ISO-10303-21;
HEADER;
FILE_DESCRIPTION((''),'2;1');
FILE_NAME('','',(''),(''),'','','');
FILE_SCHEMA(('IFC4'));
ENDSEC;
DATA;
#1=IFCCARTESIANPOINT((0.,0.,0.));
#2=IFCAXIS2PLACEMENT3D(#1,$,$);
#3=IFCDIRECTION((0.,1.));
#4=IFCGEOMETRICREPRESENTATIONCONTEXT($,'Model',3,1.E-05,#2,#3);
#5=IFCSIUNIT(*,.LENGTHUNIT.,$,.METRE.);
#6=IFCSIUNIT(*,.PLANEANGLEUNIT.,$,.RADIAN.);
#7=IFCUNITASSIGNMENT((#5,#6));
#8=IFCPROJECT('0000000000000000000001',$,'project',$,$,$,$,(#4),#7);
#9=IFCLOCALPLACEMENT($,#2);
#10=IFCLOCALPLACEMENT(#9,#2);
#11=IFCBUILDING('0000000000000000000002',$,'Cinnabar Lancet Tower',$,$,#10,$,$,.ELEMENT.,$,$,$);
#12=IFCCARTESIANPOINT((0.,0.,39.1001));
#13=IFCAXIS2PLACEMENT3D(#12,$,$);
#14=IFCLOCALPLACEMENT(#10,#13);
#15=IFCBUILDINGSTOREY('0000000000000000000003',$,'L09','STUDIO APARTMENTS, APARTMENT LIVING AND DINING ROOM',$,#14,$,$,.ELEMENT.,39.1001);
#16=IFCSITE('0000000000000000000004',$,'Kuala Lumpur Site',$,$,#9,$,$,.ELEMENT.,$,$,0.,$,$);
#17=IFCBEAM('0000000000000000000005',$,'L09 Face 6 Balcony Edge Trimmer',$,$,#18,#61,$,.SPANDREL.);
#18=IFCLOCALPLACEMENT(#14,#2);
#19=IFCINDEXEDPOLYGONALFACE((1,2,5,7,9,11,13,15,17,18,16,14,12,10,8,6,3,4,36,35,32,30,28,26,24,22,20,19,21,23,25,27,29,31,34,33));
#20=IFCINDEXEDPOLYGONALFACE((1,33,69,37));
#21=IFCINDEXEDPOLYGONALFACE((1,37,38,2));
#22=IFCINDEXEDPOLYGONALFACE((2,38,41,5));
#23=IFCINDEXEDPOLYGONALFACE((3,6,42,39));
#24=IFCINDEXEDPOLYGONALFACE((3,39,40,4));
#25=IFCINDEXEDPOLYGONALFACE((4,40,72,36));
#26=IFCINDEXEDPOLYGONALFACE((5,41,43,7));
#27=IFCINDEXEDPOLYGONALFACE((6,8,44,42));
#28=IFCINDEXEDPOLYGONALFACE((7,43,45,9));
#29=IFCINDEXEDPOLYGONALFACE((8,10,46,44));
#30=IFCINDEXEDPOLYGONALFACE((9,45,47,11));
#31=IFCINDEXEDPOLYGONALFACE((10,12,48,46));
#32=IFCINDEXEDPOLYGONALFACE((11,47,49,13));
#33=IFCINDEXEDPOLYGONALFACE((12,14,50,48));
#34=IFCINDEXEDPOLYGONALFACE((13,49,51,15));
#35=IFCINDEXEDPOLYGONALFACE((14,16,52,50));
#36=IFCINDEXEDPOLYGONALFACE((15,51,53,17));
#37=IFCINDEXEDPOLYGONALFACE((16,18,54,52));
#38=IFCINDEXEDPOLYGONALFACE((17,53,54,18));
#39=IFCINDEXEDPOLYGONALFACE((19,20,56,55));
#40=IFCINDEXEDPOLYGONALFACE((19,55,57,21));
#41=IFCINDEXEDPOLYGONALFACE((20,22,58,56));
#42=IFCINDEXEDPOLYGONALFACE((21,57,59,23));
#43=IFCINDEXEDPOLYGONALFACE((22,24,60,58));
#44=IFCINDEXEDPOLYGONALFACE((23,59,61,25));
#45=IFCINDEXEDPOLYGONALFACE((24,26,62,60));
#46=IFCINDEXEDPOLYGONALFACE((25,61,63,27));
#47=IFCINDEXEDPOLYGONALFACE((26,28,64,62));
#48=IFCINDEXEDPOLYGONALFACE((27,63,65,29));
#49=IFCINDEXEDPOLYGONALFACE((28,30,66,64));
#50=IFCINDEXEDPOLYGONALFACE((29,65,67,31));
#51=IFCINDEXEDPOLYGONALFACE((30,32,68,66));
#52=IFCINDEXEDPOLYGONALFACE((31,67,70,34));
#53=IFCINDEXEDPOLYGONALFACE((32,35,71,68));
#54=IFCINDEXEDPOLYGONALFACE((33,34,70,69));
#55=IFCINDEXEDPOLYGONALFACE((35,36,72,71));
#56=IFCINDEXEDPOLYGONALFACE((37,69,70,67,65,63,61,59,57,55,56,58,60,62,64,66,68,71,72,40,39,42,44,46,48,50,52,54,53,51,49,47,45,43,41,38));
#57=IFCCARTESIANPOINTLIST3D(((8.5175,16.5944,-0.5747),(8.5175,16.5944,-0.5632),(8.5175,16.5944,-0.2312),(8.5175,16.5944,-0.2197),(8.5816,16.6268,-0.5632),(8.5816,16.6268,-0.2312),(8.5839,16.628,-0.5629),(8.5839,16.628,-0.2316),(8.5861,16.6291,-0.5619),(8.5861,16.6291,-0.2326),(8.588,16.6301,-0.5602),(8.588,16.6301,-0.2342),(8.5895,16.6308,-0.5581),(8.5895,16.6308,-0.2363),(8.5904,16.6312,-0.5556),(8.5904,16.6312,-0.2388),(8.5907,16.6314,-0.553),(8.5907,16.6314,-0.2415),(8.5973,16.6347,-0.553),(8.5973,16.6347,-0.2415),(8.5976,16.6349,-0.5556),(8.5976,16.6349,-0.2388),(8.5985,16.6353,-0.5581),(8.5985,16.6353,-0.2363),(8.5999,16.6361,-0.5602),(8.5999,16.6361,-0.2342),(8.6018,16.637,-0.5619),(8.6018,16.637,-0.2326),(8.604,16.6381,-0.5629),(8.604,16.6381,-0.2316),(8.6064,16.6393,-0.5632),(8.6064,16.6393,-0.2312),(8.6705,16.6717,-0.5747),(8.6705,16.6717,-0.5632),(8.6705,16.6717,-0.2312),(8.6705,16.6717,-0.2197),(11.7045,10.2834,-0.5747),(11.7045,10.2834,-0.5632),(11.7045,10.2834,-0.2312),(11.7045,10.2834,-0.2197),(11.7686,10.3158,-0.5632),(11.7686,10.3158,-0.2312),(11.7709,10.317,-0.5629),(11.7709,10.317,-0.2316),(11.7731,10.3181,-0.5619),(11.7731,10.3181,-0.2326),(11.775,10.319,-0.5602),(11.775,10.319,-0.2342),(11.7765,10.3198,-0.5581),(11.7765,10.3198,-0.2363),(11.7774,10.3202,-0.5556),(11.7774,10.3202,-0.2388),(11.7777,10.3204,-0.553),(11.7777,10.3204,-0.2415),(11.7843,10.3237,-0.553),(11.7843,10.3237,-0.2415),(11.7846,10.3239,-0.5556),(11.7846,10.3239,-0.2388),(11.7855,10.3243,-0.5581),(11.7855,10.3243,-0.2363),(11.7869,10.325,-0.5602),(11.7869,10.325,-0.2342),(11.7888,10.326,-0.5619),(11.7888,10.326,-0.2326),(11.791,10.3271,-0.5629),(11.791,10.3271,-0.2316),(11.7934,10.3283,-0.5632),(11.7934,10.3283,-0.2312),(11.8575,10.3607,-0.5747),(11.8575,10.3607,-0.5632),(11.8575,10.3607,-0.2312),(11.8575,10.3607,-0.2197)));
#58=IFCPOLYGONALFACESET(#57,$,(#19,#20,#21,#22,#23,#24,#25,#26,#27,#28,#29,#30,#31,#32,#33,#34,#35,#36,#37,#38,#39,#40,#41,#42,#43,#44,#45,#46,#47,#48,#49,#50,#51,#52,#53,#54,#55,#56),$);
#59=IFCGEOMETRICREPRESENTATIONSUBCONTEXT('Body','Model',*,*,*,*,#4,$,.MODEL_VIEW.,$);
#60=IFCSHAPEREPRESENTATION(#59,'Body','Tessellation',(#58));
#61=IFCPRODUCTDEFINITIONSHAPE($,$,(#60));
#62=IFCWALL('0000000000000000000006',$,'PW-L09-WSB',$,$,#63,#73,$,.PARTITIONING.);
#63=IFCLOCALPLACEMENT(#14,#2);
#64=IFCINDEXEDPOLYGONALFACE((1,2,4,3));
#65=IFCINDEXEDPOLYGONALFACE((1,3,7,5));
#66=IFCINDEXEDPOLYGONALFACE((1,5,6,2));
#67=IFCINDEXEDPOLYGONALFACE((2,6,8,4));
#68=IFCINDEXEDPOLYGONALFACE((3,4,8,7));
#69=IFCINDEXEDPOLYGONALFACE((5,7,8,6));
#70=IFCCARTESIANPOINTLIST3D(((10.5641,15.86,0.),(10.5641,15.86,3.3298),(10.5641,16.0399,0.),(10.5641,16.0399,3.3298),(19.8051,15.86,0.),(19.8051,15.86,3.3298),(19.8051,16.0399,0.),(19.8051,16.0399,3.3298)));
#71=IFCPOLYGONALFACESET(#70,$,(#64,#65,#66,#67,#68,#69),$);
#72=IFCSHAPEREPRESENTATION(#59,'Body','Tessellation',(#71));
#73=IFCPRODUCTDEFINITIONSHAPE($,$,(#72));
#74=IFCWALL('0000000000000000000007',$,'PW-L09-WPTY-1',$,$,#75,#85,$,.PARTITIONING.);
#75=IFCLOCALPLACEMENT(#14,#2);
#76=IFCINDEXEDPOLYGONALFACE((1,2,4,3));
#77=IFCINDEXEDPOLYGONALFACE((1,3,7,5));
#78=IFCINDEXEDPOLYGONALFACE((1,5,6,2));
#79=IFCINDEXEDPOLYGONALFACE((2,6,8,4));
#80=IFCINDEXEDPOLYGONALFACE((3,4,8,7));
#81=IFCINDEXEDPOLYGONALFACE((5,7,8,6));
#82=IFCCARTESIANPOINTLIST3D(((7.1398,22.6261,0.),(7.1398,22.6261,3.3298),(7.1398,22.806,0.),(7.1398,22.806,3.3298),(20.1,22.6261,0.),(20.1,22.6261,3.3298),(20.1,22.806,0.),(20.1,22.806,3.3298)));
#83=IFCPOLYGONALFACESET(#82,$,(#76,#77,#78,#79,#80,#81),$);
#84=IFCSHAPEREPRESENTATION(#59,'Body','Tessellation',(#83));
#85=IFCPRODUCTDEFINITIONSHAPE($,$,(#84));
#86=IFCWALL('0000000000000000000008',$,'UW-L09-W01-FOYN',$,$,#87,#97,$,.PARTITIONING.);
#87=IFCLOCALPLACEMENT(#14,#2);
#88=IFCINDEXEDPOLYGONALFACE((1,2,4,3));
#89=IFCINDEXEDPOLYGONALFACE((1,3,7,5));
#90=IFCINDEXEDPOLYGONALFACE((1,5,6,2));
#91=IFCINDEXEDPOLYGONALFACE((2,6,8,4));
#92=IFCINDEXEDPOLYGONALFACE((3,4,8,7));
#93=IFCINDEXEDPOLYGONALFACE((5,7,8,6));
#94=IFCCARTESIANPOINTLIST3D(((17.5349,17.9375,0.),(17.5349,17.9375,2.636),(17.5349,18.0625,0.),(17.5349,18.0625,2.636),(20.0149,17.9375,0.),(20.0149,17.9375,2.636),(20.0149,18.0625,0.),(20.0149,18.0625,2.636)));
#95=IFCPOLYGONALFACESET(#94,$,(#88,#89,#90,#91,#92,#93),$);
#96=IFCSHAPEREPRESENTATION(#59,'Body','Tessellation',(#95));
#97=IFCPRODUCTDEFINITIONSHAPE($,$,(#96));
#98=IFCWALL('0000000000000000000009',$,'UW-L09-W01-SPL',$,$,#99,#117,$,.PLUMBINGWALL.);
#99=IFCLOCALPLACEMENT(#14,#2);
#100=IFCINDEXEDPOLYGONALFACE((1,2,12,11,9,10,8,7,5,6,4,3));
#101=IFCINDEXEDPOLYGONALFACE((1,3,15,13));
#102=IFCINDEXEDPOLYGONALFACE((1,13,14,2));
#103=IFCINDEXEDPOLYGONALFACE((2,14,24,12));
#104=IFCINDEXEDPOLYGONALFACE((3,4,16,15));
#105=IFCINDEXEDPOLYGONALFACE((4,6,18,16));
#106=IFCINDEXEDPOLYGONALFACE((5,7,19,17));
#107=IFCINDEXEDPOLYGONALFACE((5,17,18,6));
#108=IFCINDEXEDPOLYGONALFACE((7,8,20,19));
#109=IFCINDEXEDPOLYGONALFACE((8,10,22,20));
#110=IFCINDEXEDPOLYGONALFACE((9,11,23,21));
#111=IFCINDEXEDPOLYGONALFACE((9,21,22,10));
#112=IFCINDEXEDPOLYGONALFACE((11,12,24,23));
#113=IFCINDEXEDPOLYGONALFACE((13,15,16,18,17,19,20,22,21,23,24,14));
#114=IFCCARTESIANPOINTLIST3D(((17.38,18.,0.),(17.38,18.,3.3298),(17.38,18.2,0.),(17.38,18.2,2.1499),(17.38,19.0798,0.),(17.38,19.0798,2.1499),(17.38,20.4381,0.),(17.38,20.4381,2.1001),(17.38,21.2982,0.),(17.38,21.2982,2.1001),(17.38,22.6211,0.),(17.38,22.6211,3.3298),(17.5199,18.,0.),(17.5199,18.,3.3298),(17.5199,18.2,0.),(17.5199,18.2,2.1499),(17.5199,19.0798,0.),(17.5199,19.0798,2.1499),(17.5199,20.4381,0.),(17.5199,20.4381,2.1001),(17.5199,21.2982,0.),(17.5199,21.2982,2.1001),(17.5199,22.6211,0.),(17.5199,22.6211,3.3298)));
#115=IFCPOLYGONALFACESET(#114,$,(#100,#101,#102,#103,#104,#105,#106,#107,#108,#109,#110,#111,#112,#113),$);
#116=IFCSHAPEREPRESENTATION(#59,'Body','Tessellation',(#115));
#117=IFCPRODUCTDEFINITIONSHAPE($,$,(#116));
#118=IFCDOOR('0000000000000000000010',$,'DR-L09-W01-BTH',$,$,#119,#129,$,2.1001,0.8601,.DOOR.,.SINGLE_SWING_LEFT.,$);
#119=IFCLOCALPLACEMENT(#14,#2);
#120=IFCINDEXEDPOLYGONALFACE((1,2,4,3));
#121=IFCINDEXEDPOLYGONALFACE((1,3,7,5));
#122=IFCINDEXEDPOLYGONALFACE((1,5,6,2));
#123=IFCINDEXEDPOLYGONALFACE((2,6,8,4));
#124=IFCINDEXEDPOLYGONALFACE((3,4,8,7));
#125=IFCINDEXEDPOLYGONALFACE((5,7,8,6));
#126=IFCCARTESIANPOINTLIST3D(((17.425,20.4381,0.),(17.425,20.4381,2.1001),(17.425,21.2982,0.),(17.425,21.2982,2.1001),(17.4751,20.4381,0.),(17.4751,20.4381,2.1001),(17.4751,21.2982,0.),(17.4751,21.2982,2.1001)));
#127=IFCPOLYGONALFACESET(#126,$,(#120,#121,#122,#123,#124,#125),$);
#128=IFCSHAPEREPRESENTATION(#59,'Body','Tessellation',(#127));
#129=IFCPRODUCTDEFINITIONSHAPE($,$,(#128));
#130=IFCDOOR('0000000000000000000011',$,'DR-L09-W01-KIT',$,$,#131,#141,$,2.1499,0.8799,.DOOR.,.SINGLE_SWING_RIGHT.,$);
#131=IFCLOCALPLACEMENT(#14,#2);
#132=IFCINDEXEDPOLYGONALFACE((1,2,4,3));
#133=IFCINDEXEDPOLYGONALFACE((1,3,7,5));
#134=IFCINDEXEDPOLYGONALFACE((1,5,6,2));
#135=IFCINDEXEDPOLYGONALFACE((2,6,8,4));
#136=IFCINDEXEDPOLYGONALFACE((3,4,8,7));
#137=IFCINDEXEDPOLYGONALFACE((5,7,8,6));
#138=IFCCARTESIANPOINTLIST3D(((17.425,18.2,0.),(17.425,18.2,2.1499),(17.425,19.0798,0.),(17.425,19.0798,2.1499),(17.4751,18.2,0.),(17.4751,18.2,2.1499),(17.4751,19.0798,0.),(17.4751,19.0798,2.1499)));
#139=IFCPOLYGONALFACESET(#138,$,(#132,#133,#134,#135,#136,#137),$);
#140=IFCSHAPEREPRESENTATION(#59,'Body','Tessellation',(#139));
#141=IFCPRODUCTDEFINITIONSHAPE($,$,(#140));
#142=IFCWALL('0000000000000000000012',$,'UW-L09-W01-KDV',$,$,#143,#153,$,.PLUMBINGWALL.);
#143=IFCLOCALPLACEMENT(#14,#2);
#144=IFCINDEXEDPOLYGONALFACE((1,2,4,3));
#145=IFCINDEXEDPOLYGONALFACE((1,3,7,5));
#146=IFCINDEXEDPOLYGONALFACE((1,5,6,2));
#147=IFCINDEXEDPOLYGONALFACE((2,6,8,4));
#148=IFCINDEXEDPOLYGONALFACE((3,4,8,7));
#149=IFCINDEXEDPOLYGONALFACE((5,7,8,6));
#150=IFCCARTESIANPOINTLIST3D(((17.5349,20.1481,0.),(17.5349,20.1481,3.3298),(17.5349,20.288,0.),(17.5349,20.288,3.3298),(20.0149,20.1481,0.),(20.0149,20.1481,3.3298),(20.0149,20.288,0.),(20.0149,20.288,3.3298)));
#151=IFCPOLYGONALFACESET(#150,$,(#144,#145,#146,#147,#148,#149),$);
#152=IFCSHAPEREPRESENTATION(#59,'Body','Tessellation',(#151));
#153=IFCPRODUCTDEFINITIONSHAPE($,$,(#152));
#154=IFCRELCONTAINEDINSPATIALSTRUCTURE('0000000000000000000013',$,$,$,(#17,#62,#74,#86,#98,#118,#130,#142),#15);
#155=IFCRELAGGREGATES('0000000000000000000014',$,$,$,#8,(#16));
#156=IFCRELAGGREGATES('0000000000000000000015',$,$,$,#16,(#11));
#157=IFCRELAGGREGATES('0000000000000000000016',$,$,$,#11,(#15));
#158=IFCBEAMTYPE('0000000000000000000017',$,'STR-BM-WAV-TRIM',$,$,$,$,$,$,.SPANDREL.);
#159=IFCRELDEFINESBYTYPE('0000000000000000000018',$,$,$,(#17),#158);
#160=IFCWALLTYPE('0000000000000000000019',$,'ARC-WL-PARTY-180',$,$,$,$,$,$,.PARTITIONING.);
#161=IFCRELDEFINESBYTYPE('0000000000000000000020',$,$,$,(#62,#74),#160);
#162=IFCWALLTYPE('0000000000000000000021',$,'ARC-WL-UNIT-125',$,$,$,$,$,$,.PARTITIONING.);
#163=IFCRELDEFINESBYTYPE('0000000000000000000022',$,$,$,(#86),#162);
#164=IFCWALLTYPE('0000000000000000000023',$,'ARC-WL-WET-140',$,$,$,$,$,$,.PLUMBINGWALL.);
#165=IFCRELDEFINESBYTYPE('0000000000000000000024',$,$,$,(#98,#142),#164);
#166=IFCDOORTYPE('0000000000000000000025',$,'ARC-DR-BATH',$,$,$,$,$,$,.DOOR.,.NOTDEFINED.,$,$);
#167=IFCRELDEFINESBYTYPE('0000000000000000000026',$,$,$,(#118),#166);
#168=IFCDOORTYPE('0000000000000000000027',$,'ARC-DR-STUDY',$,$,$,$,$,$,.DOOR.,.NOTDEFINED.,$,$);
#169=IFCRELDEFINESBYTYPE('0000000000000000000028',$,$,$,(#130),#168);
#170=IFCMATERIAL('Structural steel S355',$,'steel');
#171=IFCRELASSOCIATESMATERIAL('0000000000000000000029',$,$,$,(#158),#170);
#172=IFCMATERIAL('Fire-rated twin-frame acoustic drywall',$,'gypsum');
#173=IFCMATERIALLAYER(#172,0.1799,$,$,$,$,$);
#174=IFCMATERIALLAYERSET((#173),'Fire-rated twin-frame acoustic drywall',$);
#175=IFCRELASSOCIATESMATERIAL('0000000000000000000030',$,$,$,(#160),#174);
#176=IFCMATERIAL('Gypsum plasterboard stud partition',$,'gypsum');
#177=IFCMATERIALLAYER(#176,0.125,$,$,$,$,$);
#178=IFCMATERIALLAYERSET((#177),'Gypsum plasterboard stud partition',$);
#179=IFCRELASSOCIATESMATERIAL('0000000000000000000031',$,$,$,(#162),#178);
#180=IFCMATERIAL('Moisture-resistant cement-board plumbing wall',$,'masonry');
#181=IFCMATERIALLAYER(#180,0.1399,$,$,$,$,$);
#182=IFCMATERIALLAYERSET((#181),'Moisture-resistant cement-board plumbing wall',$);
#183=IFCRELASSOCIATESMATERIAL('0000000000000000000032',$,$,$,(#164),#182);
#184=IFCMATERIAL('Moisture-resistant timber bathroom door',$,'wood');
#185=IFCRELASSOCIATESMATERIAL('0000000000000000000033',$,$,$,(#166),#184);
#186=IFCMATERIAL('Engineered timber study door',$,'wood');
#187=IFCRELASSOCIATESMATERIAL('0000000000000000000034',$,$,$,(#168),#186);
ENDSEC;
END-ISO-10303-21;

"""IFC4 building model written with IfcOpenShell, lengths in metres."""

from ifc_helpers import new_model, si_unit, direction, frame, frame_2d, origin, origin_2d, place, context, subcontext, project, spatial, rectangle, i_section, extrude, material, layer, layer_set, material_profile, profile_set, type_object, element, fill, save


model = new_model("IFC4")

# Units and contexts
model_context = context("Model", 3, precision=1e-05, world=origin(), true_north=direction((0.0, 1.0)))
body_context = subcontext(model_context, "Body", "Model", "MODEL_VIEW")
ifc_project = project(units=[si_unit("LENGTHUNIT", "METRE"), si_unit("PLANEANGLEUNIT", "RADIAN")], contexts=[model_context])

# Site, building, storey
site_placement = place(None, origin())
site = spatial("IfcSite", under=ifc_project, at=site_placement, Name="Kuala Lumpur Site", CompositionType="ELEMENT", RefElevation=0.0)
building_placement = place(site_placement, origin())
building = spatial("IfcBuilding", under=site, at=building_placement, Name="Cinnabar Lancet Tower", CompositionType="ELEMENT")
storey_placement = place(building_placement, frame((0.0, 0.0, 39.1001)))
storey = spatial("IfcBuildingStorey", under=building, at=storey_placement, Name="L09", Description="STUDIO APARTMENTS, APARTMENT LIVING AND DINING ROOM", CompositionType="ELEMENT", Elevation=39.1001)

# Beam
ifc_material_1 = material(Name="Structural steel S355", Category="steel")
ifc_material_profile_1 = material_profile(ifc_material_1, i_section(OverallWidth=0.1714, OverallDepth=0.355, WebThickness=0.0073, FlangeThickness=0.0115, FilletRadius=0.0103, at=origin_2d()), Name="UKB 356x171x51")
ifc_profile_set_1 = profile_set([ifc_material_profile_1], Name="Structural steel S355")
beam_type_1 = type_object("IfcBeamType", Name="STR-BM-WAV-TRIM", PredefinedType="SPANDREL", material=ifc_profile_set_1)
beam_1_placement = place(storey_placement, frame((8.594, 16.6331, -0.3972), z_axis=(0.450774, -0.892638, 0.0), x_axis=(0.892638, 0.450774, 0.0)))
element("IfcBeam", 1, at=beam_1_placement, inside=storey, type_object=beam_type_1, Name="L09 Face 6 Balcony Edge Trimmer", PredefinedType="SPANDREL", context=body_context, shape_type="SweptSolid", body=[
    extrude(i_section(OverallWidth=0.1714, OverallDepth=0.355, WebThickness=0.0073, FlangeThickness=0.0115, FilletRadius=0.0103, at=origin_2d()), origin(), (0.0, 0.0, 1.0), 7.0701),
])

# Walls
ifc_material_2 = material(Name="Fire-rated twin-frame acoustic drywall", Category="gypsum")
ifc_layer_1 = layer(ifc_material_2, 0.1799)
ifc_layer_set_1 = layer_set([ifc_layer_1], Name="Fire-rated twin-frame acoustic drywall")
wall_type_1 = type_object("IfcWallType", Name="ARC-WL-PARTY-180", PredefinedType="PARTITIONING", material=ifc_layer_set_1)
wall_1_placement = place(storey_placement, frame((10.564, 15.95, 0.0), z_axis=(0.0, 0.0, 1.0), x_axis=(1.0, 0.0, 0.0)))
element("IfcWall", 2, at=wall_1_placement, inside=storey, type_object=wall_type_1, Name="PW-L09-WSB", PredefinedType="PARTITIONING", context=body_context, shape_type="SweptSolid", body=[
    extrude(rectangle(XDim=9.241, YDim=0.1799, at=frame_2d((4.6206, 0.0))), origin(), (0.0, 0.0, 1.0), 3.3298),
])
wall_2_placement = place(storey_placement, frame((7.1399, 22.7161, 0.0), z_axis=(0.0, 0.0, 1.0), x_axis=(1.0, 0.0, 0.0)))
element("IfcWall", 3, at=wall_2_placement, inside=storey, type_object=wall_type_1, Name="PW-L09-WPTY-1", PredefinedType="PARTITIONING", context=body_context, shape_type="SweptSolid", body=[
    extrude(rectangle(XDim=12.9602, YDim=0.1799, at=frame_2d((6.48, 0.0))), origin(), (0.0, 0.0, 1.0), 3.3298),
])
ifc_material_3 = material(Name="Gypsum plasterboard stud partition", Category="gypsum")
ifc_layer_2 = layer(ifc_material_3, 0.125)
ifc_layer_set_2 = layer_set([ifc_layer_2], Name="Gypsum plasterboard stud partition")
wall_type_2 = type_object("IfcWallType", Name="ARC-WL-UNIT-125", PredefinedType="PARTITIONING", material=ifc_layer_set_2)
wall_3_placement = place(storey_placement, frame((17.5349, 18.0, 0.0), z_axis=(0.0, 0.0, 1.0), x_axis=(1.0, 0.0, 0.0)))
element("IfcWall", 4, at=wall_3_placement, inside=storey, type_object=wall_type_2, Name="UW-L09-W01-FOYN", PredefinedType="PARTITIONING", context=body_context, shape_type="SweptSolid", body=[
    extrude(rectangle(XDim=2.48, YDim=0.125, at=frame_2d((1.24, 0.0))), origin(), (0.0, 0.0, 1.0), 2.636),
])

# Wall, openings, doors
ifc_material_4 = material(Name="Moisture-resistant cement-board plumbing wall", Category="masonry")
ifc_layer_3 = layer(ifc_material_4, 0.1399)
ifc_layer_set_3 = layer_set([ifc_layer_3], Name="Moisture-resistant cement-board plumbing wall")
wall_type_3 = type_object("IfcWallType", Name="ARC-WL-WET-140", PredefinedType="PLUMBINGWALL", material=ifc_layer_set_3)
wall_4_placement = place(storey_placement, frame((17.45, 18.0, 0.0), z_axis=(0.0, 0.0, 1.0), x_axis=(0.0, 1.0, 0.0)))
wall_4 = element("IfcWall", 5, at=wall_4_placement, inside=storey, type_object=wall_type_3, Name="UW-L09-W01-SPL", PredefinedType="PLUMBINGWALL", context=body_context, shape_type="SweptSolid", body=[
    extrude(rectangle(XDim=4.6211, YDim=0.1399, at=frame_2d((2.3105, 0.0))), origin(), (0.0, 0.0, 1.0), 3.3298),
])
opening_1_placement = place(wall_4_placement, frame((2.438, 0.0, 0.0)))
opening_1 = element("IfcOpeningElement", 6, at=opening_1_placement, cuts=wall_4, PredefinedType="OPENING", context=body_context, shape_type="SweptSolid", body=[
    extrude(rectangle(XDim=0.8601, YDim=2.1001, at=frame_2d((0.4302, 1.05))), frame((0.0, 0.0798, 0.0), z_axis=(0.0, -1.0, 0.0), x_axis=(1.0, 0.0, 0.0)), (0.0, 0.0, 1.0), 0.1599),
])
opening_2_placement = place(wall_4_placement, frame((0.2, 0.0, 0.0)))
opening_2 = element("IfcOpeningElement", 7, at=opening_2_placement, cuts=wall_4, PredefinedType="OPENING", context=body_context, shape_type="SweptSolid", body=[
    extrude(rectangle(XDim=0.8799, YDim=2.1499, at=frame_2d((0.4399, 1.075))), frame((0.0, 0.0798, 0.0), z_axis=(0.0, -1.0, 0.0), x_axis=(1.0, 0.0, 0.0)), (0.0, 0.0, 1.0), 0.1599),
])
ifc_material_5 = material(Name="Moisture-resistant timber bathroom door", Category="wood")
door_type_1 = type_object("IfcDoorType", Name="ARC-DR-BATH", OperationType="NOTDEFINED", PredefinedType="DOOR", material=ifc_material_5)
door_1_placement = place(opening_1_placement, origin())
door_1 = element("IfcDoor", 8, at=door_1_placement, inside=storey, type_object=door_type_1, Name="DR-L09-W01-BTH", OperationType="SINGLE_SWING_LEFT", OverallHeight=2.1001, OverallWidth=0.8601, PredefinedType="DOOR", context=body_context, shape_type="SweptSolid", body=[
    extrude(rectangle(XDim=0.8601, YDim=2.1001, at=frame_2d((0.4302, 1.05))), frame((0.0, 0.0249, 0.0), z_axis=(0.0, -1.0, 0.0), x_axis=(1.0, 0.0, 0.0)), (0.0, 0.0, 1.0), 0.05),
])
fill(opening_1, door_1)
ifc_material_6 = material(Name="Engineered timber study door", Category="wood")
door_type_2 = type_object("IfcDoorType", Name="ARC-DR-STUDY", OperationType="NOTDEFINED", PredefinedType="DOOR", material=ifc_material_6)
door_2_placement = place(opening_2_placement, origin())
door_2 = element("IfcDoor", 9, at=door_2_placement, inside=storey, type_object=door_type_2, Name="DR-L09-W01-KIT", OperationType="SINGLE_SWING_RIGHT", OverallHeight=2.1499, OverallWidth=0.8799, PredefinedType="DOOR", context=body_context, shape_type="SweptSolid", body=[
    extrude(rectangle(XDim=0.8799, YDim=2.1499, at=frame_2d((0.4399, 1.075))), frame((0.0, 0.0249, 0.0), z_axis=(0.0, -1.0, 0.0), x_axis=(1.0, 0.0, 0.0)), (0.0, 0.0, 1.0), 0.05),
])
fill(opening_2, door_2)

# Wall
wall_5_placement = place(storey_placement, frame((17.5349, 20.218, 0.0), z_axis=(0.0, 0.0, 1.0), x_axis=(1.0, 0.0, 0.0)))
element("IfcWall", 10, at=wall_5_placement, inside=storey, type_object=wall_type_3, Name="UW-L09-W01-KDV", PredefinedType="PLUMBINGWALL", context=body_context, shape_type="SweptSolid", body=[
    extrude(rectangle(XDim=2.48, YDim=0.1399, at=frame_2d((1.24, 0.0))), origin(), (0.0, 0.0, 1.0), 3.3298),
])

save(model, "model.ifc")
